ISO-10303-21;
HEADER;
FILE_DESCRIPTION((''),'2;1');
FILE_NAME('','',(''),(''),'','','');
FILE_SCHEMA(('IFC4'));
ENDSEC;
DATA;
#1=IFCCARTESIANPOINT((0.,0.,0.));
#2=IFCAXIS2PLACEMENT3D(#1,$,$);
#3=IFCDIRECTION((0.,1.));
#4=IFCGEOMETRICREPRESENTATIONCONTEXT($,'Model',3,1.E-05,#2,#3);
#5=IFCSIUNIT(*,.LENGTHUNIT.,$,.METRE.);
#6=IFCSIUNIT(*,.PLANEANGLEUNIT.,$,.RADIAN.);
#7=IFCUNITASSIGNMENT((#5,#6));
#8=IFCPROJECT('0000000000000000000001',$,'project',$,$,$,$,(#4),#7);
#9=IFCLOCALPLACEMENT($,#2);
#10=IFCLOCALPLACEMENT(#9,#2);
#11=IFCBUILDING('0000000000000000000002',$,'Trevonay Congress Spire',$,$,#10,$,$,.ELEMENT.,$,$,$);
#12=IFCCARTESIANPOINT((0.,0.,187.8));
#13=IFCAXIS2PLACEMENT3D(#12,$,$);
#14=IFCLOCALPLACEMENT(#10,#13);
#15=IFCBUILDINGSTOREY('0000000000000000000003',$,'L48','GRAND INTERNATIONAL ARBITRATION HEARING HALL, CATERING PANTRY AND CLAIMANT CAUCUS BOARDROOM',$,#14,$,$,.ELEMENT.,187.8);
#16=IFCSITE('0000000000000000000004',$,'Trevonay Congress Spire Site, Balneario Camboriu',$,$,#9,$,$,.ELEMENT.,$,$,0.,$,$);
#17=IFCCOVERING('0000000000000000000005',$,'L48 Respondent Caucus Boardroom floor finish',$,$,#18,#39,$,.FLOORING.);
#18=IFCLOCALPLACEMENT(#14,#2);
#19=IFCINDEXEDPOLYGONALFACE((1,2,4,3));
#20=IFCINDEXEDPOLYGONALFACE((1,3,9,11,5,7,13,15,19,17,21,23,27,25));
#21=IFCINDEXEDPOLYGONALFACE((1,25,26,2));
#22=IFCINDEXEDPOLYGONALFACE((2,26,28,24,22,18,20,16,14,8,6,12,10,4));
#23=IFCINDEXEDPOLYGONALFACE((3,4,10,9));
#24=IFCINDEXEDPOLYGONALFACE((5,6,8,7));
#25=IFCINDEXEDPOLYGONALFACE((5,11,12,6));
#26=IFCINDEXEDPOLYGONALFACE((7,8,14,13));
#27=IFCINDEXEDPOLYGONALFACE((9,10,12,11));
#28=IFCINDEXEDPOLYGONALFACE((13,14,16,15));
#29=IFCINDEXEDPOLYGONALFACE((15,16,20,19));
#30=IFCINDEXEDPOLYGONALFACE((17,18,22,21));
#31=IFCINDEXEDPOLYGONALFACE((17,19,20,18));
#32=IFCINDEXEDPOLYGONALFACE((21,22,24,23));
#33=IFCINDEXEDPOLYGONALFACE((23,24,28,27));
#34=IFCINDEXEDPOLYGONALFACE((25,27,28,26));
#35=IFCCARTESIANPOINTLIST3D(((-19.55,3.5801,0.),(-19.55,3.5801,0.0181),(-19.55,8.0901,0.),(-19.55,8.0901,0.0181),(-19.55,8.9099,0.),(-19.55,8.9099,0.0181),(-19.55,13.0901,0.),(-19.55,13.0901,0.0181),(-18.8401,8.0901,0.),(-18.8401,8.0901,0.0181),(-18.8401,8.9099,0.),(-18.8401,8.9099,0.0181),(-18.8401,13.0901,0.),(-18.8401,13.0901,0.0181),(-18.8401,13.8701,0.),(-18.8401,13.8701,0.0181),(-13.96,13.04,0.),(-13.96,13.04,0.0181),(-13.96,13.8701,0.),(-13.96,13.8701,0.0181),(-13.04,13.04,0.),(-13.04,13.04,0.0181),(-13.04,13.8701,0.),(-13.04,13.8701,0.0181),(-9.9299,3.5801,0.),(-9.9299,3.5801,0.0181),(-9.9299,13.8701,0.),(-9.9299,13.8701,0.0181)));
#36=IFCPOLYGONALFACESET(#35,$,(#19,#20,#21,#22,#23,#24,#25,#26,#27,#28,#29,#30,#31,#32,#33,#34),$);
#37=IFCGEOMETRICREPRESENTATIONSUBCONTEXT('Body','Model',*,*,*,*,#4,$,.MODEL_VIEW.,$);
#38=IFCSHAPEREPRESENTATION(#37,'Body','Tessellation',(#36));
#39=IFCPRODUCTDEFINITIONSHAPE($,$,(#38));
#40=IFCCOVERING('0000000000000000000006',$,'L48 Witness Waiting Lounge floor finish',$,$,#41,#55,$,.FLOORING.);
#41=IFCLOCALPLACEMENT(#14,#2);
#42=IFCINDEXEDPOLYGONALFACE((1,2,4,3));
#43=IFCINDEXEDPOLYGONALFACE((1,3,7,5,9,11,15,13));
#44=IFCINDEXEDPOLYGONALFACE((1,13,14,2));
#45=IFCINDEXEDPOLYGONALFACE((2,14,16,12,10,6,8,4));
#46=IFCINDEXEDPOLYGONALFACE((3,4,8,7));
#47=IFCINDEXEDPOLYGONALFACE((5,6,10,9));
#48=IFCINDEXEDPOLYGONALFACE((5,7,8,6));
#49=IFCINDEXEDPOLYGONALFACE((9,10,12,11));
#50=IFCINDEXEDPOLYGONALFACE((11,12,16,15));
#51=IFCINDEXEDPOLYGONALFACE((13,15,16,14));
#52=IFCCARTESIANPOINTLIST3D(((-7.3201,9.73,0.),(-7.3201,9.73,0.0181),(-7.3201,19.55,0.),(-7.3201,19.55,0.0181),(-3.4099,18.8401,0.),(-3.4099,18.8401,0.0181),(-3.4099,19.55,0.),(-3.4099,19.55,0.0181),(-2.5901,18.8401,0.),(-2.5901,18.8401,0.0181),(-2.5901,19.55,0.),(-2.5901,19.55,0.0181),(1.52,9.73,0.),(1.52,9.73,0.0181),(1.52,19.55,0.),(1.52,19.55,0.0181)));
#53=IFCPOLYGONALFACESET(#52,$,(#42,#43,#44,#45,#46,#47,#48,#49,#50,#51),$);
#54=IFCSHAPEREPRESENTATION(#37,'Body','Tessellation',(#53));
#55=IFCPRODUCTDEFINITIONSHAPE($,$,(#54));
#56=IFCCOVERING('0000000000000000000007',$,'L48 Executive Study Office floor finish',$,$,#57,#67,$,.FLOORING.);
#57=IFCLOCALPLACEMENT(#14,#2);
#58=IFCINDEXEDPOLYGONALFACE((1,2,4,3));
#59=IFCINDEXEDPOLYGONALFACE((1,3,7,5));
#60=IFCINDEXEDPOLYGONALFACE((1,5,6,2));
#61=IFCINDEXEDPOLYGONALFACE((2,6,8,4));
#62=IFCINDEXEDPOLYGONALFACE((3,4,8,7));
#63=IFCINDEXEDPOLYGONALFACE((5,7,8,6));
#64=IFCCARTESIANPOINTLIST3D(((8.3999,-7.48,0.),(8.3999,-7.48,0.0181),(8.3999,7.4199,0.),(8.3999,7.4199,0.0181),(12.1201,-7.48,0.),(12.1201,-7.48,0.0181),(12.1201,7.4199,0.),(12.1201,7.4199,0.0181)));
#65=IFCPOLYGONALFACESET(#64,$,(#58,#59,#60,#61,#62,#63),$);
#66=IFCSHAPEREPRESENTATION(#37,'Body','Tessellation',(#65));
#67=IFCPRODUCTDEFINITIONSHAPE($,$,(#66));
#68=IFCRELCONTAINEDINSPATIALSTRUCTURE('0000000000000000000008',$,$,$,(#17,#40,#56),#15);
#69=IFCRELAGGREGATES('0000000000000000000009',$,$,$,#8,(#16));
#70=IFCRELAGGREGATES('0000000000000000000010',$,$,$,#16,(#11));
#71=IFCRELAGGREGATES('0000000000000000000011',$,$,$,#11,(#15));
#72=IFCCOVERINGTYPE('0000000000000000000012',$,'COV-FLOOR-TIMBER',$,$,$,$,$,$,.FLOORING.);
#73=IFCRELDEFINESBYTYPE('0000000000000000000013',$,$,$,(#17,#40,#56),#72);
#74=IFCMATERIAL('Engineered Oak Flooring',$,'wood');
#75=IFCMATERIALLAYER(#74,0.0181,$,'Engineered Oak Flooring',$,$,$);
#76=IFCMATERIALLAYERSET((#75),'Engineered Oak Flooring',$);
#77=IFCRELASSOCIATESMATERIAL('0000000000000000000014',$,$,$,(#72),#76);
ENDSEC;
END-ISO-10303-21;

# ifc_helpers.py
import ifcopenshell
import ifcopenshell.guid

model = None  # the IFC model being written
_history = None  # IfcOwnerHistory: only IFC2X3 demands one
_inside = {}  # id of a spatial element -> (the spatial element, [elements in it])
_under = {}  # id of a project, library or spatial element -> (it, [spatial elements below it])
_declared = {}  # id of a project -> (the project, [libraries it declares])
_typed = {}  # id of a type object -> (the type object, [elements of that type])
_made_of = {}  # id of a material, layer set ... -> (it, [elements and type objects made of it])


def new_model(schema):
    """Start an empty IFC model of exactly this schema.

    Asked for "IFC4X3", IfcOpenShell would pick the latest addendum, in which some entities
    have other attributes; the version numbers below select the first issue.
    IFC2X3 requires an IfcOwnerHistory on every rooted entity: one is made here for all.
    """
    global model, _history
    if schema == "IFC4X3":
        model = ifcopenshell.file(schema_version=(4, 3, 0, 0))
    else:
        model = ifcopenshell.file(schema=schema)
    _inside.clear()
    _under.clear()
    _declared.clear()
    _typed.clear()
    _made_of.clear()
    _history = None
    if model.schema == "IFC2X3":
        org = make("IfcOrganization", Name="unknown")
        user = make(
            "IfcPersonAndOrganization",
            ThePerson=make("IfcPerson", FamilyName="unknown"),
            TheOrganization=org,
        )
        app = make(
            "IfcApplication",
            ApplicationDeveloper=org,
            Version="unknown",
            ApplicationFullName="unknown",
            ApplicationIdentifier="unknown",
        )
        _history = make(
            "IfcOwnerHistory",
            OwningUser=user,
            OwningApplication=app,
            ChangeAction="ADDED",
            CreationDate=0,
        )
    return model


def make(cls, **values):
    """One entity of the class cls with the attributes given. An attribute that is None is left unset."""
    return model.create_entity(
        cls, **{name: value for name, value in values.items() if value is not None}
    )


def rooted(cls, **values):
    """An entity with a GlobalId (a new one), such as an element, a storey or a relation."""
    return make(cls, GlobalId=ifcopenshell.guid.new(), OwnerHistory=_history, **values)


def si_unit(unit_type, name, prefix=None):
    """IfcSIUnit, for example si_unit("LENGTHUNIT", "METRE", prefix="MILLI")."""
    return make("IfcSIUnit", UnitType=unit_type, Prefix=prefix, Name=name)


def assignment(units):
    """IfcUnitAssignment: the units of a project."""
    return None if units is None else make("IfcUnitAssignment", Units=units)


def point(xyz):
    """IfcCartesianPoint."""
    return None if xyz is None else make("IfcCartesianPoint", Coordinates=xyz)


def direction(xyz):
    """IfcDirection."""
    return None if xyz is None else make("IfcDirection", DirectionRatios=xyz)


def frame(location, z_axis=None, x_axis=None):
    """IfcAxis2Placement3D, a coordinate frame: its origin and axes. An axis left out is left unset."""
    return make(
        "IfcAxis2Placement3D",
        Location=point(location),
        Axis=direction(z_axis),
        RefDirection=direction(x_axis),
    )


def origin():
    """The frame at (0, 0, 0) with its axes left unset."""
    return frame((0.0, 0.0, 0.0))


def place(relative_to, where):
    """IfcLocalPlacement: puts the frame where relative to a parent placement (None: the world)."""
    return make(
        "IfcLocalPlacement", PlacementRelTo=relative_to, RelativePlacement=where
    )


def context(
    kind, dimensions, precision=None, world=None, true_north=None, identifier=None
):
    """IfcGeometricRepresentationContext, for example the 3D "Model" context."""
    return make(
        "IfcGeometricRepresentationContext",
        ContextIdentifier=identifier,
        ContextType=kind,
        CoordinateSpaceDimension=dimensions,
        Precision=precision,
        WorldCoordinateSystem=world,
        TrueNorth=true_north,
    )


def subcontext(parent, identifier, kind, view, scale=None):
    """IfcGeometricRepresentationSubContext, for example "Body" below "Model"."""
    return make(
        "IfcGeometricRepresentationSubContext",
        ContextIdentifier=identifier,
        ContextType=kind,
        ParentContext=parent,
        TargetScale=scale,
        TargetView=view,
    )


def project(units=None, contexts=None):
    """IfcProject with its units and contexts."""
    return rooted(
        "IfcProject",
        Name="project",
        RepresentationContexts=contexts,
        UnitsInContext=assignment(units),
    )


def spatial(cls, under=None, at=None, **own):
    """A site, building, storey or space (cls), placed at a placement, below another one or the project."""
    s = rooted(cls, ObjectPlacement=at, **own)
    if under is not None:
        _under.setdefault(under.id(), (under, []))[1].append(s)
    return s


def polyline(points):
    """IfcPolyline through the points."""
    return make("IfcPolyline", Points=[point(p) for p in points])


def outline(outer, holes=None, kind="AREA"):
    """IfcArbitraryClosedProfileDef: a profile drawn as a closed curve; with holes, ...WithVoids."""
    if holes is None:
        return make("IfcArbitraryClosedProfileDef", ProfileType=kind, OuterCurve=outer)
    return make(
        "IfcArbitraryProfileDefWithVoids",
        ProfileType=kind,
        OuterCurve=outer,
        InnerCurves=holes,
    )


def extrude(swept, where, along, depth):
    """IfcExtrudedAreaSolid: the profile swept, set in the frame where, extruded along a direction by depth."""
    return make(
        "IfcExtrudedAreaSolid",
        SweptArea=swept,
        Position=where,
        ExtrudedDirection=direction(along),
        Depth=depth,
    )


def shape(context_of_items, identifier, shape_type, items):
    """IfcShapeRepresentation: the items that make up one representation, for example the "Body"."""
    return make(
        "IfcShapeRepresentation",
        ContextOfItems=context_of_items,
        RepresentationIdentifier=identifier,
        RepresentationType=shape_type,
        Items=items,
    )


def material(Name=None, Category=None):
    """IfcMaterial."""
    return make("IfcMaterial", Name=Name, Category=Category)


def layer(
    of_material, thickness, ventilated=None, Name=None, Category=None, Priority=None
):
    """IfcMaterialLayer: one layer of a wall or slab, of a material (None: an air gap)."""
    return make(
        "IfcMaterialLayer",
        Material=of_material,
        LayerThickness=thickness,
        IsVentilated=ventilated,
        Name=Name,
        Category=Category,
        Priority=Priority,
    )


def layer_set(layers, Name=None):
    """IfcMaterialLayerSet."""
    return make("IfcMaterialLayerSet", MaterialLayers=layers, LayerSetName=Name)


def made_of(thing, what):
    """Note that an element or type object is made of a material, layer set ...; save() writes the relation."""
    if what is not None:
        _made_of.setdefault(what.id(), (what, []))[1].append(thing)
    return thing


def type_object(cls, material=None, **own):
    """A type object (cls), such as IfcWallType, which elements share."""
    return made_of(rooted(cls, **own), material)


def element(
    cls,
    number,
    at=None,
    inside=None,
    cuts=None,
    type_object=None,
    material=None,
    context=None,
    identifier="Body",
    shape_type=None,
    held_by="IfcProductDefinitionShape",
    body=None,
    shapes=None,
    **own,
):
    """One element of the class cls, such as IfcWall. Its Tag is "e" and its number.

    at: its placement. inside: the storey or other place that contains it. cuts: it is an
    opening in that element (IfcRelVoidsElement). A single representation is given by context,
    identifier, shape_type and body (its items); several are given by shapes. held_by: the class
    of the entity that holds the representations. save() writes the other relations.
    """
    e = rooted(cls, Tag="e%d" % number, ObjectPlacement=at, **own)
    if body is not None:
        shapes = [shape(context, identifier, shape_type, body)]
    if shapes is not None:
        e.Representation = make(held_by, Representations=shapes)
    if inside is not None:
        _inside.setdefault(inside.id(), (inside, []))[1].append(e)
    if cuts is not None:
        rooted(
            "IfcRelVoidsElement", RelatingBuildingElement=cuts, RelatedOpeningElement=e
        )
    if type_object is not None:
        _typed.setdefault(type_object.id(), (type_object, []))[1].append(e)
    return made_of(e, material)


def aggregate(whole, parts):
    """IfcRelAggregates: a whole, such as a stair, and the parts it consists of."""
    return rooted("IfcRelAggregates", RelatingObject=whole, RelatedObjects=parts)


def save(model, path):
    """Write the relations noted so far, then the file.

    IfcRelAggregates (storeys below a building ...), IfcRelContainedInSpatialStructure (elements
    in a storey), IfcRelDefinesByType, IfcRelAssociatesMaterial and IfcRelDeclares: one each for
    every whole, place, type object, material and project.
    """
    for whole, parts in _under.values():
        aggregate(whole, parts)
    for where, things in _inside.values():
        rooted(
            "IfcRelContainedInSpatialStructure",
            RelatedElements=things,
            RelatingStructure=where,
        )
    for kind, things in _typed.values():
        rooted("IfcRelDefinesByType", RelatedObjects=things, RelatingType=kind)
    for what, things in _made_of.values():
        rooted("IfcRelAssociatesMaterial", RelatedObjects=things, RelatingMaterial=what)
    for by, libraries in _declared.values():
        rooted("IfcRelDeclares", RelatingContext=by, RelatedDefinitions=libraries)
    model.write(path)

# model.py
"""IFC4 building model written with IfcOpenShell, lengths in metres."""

from ifc_helpers import new_model, si_unit, direction, frame, origin, place, context, subcontext, project, spatial, polyline, outline, extrude, material, layer, layer_set, type_object, element, save


model = new_model("IFC4")

# Units and contexts
model_context = context("Model", 3, precision=1e-05, world=origin(), true_north=direction((0.0, 1.0)))
body_context = subcontext(model_context, "Body", "Model", "MODEL_VIEW")
ifc_project = project(units=[si_unit("LENGTHUNIT", "METRE"), si_unit("PLANEANGLEUNIT", "RADIAN")], contexts=[model_context])

# Site, building, storey
site_placement = place(None, origin())
site = spatial("IfcSite", under=ifc_project, at=site_placement, Name="Trevonay Congress Spire Site, Balneario Camboriu", CompositionType="ELEMENT", RefElevation=0.0)
building_placement = place(site_placement, origin())
building = spatial("IfcBuilding", under=site, at=building_placement, Name="Trevonay Congress Spire", CompositionType="ELEMENT")
storey_placement = place(building_placement, frame((0.0, 0.0, 187.8)))
storey = spatial("IfcBuildingStorey", under=building, at=storey_placement, Name="L48", Description="GRAND INTERNATIONAL ARBITRATION HEARING HALL, CATERING PANTRY AND CLAIMANT CAUCUS BOARDROOM", CompositionType="ELEMENT", Elevation=187.8)

# Coverings
ifc_material_1 = material(Name="Engineered Oak Flooring", Category="wood")
ifc_layer_1 = layer(ifc_material_1, 0.0181, Name="Engineered Oak Flooring")
ifc_layer_set_1 = layer_set([ifc_layer_1], Name="Engineered Oak Flooring")
covering_type_1 = type_object("IfcCoveringType", Name="COV-FLOOR-TIMBER", PredefinedType="FLOORING", material=ifc_layer_set_1)
covering_1_placement = place(storey_placement, origin())
element("IfcCovering", 1, at=covering_1_placement, inside=storey, type_object=covering_type_1, Name="L48 Respondent Caucus Boardroom floor finish", PredefinedType="FLOORING", context=body_context, shape_type="SweptSolid", body=[
    extrude(outline(polyline([(-9.9299, 13.8701), (-9.9299, 3.5801), (-19.55, 3.5801), (-19.55, 8.0901), (-18.8401, 8.0901), (-18.8401, 8.9099), (-19.55, 8.9099), (-19.55, 13.0901), (-18.8401, 13.0901), (-18.8401, 13.8701), (-13.96, 13.8701), (-13.96, 13.04), (-13.04, 13.04), (-13.04, 13.8701), (-9.9299, 13.8701)])), origin(), (0.0, 0.0, 1.0), 0.0181),
])
covering_2_placement = place(storey_placement, origin())
element("IfcCovering", 2, at=covering_2_placement, inside=storey, type_object=covering_type_1, Name="L48 Witness Waiting Lounge floor finish", PredefinedType="FLOORING", context=body_context, shape_type="SweptSolid", body=[
    extrude(outline(polyline([(1.52, 19.55), (1.52, 9.73), (-7.3201, 9.73), (-7.3201, 19.55), (-3.4099, 19.55), (-3.4099, 18.8401), (-2.5901, 18.8401), (-2.5901, 19.55), (1.52, 19.55)])), origin(), (0.0, 0.0, 1.0), 0.0181),
])
covering_3_placement = place(storey_placement, origin())
element("IfcCovering", 3, at=covering_3_placement, inside=storey, type_object=covering_type_1, Name="L48 Executive Study Office floor finish", PredefinedType="FLOORING", context=body_context, shape_type="SweptSolid", body=[
    extrude(outline(polyline([(8.3999, -7.48), (12.1201, -7.48), (12.1201, 7.4199), (8.3999, 7.4199), (8.3999, -7.48)])), origin(), (0.0, 0.0, 1.0), 0.0181),
])

save(model, "model.ifc")
